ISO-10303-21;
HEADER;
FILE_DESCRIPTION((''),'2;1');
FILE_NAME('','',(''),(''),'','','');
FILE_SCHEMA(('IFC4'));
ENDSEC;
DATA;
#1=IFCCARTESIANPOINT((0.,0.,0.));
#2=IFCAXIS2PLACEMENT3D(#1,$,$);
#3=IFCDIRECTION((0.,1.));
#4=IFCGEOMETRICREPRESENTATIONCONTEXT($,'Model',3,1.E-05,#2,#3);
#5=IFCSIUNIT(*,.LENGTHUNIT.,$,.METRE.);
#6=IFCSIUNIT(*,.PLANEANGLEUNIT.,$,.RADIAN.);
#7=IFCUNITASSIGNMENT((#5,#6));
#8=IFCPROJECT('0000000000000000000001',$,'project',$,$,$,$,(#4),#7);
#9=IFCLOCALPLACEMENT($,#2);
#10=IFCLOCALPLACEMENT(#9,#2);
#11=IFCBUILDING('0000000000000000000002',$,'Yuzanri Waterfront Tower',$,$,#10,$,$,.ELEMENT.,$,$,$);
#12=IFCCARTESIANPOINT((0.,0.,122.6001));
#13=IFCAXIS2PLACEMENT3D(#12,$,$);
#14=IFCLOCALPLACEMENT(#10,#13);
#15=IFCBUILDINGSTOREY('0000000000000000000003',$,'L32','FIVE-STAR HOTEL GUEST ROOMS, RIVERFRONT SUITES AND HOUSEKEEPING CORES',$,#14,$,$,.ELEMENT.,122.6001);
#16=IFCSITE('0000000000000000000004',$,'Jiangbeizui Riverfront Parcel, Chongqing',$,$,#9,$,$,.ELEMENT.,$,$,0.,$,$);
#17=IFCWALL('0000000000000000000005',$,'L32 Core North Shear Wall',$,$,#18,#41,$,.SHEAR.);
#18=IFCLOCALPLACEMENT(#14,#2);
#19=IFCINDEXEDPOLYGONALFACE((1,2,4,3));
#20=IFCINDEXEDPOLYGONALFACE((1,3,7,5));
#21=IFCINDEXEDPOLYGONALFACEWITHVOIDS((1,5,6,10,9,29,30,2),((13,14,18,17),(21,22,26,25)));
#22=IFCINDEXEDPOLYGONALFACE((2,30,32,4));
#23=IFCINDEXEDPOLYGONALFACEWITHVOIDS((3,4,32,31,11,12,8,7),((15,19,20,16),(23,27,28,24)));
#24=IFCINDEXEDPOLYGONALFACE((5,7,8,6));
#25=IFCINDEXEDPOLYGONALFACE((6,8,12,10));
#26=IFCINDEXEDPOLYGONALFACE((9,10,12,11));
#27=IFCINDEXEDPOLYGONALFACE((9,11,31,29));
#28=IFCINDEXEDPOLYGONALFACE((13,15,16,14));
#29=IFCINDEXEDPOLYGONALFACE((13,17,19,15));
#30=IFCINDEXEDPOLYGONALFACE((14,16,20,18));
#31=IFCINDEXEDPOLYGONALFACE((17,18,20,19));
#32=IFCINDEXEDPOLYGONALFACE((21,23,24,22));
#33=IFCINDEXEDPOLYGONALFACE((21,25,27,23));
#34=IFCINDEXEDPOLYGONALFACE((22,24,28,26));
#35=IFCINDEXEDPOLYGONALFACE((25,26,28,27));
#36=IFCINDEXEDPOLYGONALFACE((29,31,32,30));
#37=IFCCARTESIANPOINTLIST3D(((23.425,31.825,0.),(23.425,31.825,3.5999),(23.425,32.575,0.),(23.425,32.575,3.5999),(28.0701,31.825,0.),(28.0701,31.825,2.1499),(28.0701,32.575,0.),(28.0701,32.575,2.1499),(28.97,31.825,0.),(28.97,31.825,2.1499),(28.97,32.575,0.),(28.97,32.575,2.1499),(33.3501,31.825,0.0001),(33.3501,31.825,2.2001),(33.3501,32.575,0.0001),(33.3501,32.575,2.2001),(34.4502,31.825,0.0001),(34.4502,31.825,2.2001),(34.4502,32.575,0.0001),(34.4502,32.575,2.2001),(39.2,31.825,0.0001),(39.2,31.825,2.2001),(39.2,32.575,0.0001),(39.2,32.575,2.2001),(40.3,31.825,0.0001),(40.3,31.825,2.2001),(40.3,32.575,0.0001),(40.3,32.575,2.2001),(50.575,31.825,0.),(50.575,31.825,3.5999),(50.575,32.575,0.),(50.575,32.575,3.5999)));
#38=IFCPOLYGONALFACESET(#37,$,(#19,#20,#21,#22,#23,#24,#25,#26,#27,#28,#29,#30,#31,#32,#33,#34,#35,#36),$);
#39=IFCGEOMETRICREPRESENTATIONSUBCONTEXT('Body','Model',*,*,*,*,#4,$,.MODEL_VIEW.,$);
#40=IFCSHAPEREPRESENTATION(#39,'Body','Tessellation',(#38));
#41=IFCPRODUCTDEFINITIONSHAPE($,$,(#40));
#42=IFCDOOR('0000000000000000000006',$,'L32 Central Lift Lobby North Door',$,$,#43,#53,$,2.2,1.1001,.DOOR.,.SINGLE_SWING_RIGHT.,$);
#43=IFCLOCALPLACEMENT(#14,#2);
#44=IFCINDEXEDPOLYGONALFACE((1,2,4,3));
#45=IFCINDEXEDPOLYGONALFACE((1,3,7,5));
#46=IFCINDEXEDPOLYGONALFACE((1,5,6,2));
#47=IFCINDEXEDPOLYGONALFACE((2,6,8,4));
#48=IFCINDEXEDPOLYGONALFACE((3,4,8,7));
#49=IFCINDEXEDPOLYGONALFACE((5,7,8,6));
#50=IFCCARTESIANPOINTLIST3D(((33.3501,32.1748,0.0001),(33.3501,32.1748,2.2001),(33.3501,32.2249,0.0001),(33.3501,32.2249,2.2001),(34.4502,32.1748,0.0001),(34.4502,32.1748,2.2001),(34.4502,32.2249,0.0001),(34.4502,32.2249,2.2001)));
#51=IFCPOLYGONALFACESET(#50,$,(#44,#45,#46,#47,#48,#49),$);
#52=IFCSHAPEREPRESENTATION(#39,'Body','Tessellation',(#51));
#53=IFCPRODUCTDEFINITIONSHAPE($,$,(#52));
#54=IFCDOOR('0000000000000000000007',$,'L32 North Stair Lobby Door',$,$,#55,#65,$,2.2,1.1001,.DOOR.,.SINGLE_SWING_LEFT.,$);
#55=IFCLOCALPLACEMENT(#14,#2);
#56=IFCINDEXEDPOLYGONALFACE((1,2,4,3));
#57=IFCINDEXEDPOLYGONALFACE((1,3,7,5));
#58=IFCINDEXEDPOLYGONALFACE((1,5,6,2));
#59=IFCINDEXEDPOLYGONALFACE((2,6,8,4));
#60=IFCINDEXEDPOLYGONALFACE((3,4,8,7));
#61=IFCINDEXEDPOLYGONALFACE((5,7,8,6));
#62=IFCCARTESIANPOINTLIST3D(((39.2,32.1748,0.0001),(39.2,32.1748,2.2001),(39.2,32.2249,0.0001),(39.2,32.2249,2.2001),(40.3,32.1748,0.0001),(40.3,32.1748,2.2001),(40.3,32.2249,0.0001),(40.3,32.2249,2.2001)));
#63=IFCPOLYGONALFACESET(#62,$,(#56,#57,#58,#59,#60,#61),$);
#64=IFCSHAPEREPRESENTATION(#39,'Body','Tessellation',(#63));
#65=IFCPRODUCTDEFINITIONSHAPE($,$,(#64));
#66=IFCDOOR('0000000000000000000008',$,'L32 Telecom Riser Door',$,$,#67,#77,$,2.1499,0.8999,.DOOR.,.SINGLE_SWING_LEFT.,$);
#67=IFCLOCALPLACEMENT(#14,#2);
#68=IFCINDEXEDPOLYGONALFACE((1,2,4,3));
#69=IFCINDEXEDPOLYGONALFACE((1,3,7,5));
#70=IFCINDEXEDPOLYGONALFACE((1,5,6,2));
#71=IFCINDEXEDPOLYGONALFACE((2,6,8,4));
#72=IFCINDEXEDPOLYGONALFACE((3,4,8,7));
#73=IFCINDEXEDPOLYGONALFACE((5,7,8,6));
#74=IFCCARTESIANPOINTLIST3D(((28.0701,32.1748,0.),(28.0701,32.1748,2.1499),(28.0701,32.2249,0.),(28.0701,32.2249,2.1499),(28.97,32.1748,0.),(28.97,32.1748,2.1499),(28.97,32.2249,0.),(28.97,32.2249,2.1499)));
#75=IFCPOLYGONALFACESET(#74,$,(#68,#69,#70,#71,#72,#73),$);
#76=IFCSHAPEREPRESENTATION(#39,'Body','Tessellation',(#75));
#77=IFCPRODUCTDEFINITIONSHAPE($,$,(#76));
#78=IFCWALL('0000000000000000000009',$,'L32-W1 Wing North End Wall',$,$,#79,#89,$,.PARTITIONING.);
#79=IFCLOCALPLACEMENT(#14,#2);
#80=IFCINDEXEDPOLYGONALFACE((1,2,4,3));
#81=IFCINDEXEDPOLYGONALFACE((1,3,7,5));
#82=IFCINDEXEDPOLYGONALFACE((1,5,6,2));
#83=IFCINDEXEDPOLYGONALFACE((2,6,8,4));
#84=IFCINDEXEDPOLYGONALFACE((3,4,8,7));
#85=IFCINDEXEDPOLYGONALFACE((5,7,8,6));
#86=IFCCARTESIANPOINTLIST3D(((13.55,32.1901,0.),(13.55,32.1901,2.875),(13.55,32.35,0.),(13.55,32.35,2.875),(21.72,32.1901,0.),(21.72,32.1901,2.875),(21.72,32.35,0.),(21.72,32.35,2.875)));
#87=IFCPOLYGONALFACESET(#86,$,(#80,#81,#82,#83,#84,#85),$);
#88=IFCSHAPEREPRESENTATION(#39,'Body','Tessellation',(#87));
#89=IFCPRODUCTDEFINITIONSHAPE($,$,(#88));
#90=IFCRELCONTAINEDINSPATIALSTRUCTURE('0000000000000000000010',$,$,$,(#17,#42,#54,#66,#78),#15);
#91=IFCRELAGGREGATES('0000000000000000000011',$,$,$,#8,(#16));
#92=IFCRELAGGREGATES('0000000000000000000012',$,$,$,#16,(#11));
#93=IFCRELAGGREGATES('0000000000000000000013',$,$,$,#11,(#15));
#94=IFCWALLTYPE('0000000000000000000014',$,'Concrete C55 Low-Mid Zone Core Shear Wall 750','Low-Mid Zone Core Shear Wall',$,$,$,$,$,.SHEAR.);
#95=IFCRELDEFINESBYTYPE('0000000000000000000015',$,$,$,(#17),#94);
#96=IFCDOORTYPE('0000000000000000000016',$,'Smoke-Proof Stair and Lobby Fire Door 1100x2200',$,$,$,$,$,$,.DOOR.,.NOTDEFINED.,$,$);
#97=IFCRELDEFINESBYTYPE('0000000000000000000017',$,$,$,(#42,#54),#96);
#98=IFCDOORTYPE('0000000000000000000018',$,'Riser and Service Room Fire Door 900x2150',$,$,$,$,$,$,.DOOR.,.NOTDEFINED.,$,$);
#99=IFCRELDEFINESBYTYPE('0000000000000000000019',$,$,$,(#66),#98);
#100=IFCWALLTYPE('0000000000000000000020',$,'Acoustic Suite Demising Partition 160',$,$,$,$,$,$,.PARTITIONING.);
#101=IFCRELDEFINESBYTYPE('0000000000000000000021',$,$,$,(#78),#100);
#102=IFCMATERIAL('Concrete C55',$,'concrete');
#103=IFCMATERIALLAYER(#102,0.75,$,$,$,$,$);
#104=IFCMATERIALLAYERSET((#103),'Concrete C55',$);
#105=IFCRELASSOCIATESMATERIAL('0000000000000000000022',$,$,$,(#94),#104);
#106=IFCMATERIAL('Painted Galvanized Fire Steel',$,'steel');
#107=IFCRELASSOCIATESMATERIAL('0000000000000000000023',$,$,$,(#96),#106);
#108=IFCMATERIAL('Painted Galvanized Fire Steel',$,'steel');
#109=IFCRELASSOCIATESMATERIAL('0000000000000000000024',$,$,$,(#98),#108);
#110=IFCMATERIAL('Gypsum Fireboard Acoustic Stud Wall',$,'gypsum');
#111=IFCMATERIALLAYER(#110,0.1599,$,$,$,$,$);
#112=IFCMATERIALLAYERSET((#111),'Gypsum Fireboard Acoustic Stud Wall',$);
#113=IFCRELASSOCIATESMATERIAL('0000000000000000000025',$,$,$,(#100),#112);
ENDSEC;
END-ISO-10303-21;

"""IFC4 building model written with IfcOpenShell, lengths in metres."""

from ifc_helpers import new_model, si_unit, direction, frame, frame_2d, origin, place, context, subcontext, project, spatial, rectangle, extrude, source, transform, mapped, material, layer, layer_set, type_object, element, fill, save


model = new_model("IFC4")

# Units and contexts
model_context = context("Model", 3, precision=1e-05, world=origin(), true_north=direction((0.0, 1.0)))
body_context = subcontext(model_context, "Body", "Model", "MODEL_VIEW")
ifc_project = project(units=[si_unit("LENGTHUNIT", "METRE"), si_unit("PLANEANGLEUNIT", "RADIAN")], contexts=[model_context])

# Site, building, storey
site_placement = place(None, origin())
site = spatial("IfcSite", under=ifc_project, at=site_placement, Name="Jiangbeizui Riverfront Parcel, Chongqing", CompositionType="ELEMENT", RefElevation=0.0)
building_placement = place(site_placement, origin())
building = spatial("IfcBuilding", under=site, at=building_placement, Name="Yuzanri Waterfront Tower", CompositionType="ELEMENT")
storey_placement = place(building_placement, frame((0.0, 0.0, 122.6001)))
storey = spatial("IfcBuildingStorey", under=building, at=storey_placement, Name="L32", Description="FIVE-STAR HOTEL GUEST ROOMS, RIVERFRONT SUITES AND HOUSEKEEPING CORES", CompositionType="ELEMENT", Elevation=122.6001)

# Wall, openings, doors
ifc_material_1 = material(Name="Concrete C55", Category="concrete")
ifc_layer_1 = layer(ifc_material_1, 0.75)
ifc_layer_set_1 = layer_set([ifc_layer_1], Name="Concrete C55")
wall_type_1 = type_object("IfcWallType", Name="Concrete C55 Low-Mid Zone Core Shear Wall 750", Description="Low-Mid Zone Core Shear Wall", PredefinedType="SHEAR", material=ifc_layer_set_1)
wall_1_placement = place(storey_placement, frame((23.425, 32.2, 0.0), z_axis=(0.0, 0.0, 1.0), x_axis=(1.0, 0.0, 0.0)))
wall_1 = element("IfcWall", 1, at=wall_1_placement, inside=storey, type_object=wall_type_1, Name="L32 Core North Shear Wall", PredefinedType="SHEAR", context=body_context, shape_type="SweptSolid", body=[
    extrude(rectangle(XDim=27.1499, YDim=0.75, at=frame_2d((13.575, 0.0))), origin(), (0.0, 0.0, 1.0), 3.5999),
])
opening_1_placement = place(wall_1_placement, frame((4.645, 0.0, 0.0)))
opening_1 = element("IfcOpeningElement", 2, at=opening_1_placement, cuts=wall_1, PredefinedType="OPENING", context=body_context, shape_type="SweptSolid", body=[
    extrude(rectangle(XDim=0.8999, YDim=2.1499, at=frame_2d((0.45, 1.075))), frame((0.0, 0.3899, 0.0), z_axis=(0.0, -1.0, 0.0), x_axis=(1.0, 0.0, 0.0)), (0.0, 0.0, 1.0), 0.7798),
])
opening_2_placement = place(wall_1_placement, frame((9.925, 0.0, 0.0)))
opening_2 = element("IfcOpeningElement", 3, at=opening_2_placement, cuts=wall_1, PredefinedType="OPENING", context=body_context, shape_type="SweptSolid", body=[
    extrude(rectangle(XDim=1.1001, YDim=2.2, at=frame_2d((0.55, 1.1001))), frame((0.0, 0.3899, 0.0), z_axis=(0.0, -1.0, 0.0), x_axis=(1.0, 0.0, 0.0)), (0.0, 0.0, 1.0), 0.7798),
])
opening_3_placement = place(wall_1_placement, frame((15.7749, 0.0, 0.0)))
opening_3 = element("IfcOpeningElement", 4, at=opening_3_placement, cuts=wall_1, PredefinedType="OPENING", context=body_context, shape_type="SweptSolid", body=[
    extrude(rectangle(XDim=1.1001, YDim=2.2, at=frame_2d((0.55, 1.1001))), frame((0.0, 0.3899, 0.0), z_axis=(0.0, -1.0, 0.0), x_axis=(1.0, 0.0, 0.0)), (0.0, 0.0, 1.0), 0.7798),
])
ifc_material_2 = material(Name="Painted Galvanized Fire Steel", Category="steel")
door_type_1 = type_object("IfcDoorType", Name="Smoke-Proof Stair and Lobby Fire Door 1100x2200", OperationType="NOTDEFINED", PredefinedType="DOOR", material=ifc_material_2)
shared_shape_1 = source(origin(), body_context, "Body", "SweptSolid", [
    extrude(rectangle(XDim=1.1001, YDim=2.2, at=frame_2d((0.55, 1.1001))), frame((0.0, 0.0249, 0.0), z_axis=(0.0, -1.0, 0.0), x_axis=(1.0, 0.0, 0.0)), (0.0, 0.0, 1.0), 0.05),
])
door_1_placement = place(opening_2_placement, origin())
door_1 = element("IfcDoor", 5, at=door_1_placement, inside=storey, type_object=door_type_1, Name="L32 Central Lift Lobby North Door", OperationType="SINGLE_SWING_RIGHT", OverallHeight=2.2, OverallWidth=1.1001, PredefinedType="DOOR", context=body_context, shape_type="MappedRepresentation", body=[
    mapped(shared_shape_1, transform((0.0, 0.0, 0.0), scale=1.0)),
])
fill(opening_2, door_1)
door_2_placement = place(opening_3_placement, origin())
door_2 = element("IfcDoor", 6, at=door_2_placement, inside=storey, type_object=door_type_1, Name="L32 North Stair Lobby Door", OperationType="SINGLE_SWING_LEFT", OverallHeight=2.2, OverallWidth=1.1001, PredefinedType="DOOR", context=body_context, shape_type="MappedRepresentation", body=[
    mapped(shared_shape_1, transform((0.0, 0.0, 0.0), scale=1.0)),
])
fill(opening_3, door_2)
ifc_material_3 = material(Name="Painted Galvanized Fire Steel", Category="steel")
door_type_2 = type_object("IfcDoorType", Name="Riser and Service Room Fire Door 900x2150", OperationType="NOTDEFINED", PredefinedType="DOOR", material=ifc_material_3)
shared_shape_2 = source(origin(), body_context, "Body", "SweptSolid", [
    extrude(rectangle(XDim=0.8999, YDim=2.1499, at=frame_2d((0.45, 1.075))), frame((0.0, 0.0249, 0.0), z_axis=(0.0, -1.0, 0.0), x_axis=(1.0, 0.0, 0.0)), (0.0, 0.0, 1.0), 0.05),
])
door_3_placement = place(opening_1_placement, origin())
door_3 = element("IfcDoor", 7, at=door_3_placement, inside=storey, type_object=door_type_2, Name="L32 Telecom Riser Door", OperationType="SINGLE_SWING_LEFT", OverallHeight=2.1499, OverallWidth=0.8999, PredefinedType="DOOR", context=body_context, shape_type="MappedRepresentation", body=[
    mapped(shared_shape_2, transform((0.0, 0.0, 0.0), scale=1.0)),
])
fill(opening_1, door_3)

# Wall
ifc_material_4 = material(Name="Gypsum Fireboard Acoustic Stud Wall", Category="gypsum")
ifc_layer_2 = layer(ifc_material_4, 0.1599)
ifc_layer_set_2 = layer_set([ifc_layer_2], Name="Gypsum Fireboard Acoustic Stud Wall")
wall_type_2 = type_object("IfcWallType", Name="Acoustic Suite Demising Partition 160", PredefinedType="PARTITIONING", material=ifc_layer_set_2)
shared_shape_3 = source(origin(), body_context, "Body", "SweptSolid", [
    extrude(rectangle(XDim=8.1699, YDim=0.1599, at=frame_2d((4.085, 0.0))), origin(), (0.0, 0.0, 1.0), 2.875),
])
wall_2_placement = place(storey_placement, frame((13.55, 32.27, 0.0), z_axis=(0.0, 0.0, 1.0), x_axis=(1.0, 0.0, 0.0)))
element("IfcWall", 8, at=wall_2_placement, inside=storey, type_object=wall_type_2, Name="L32-W1 Wing North End Wall", PredefinedType="PARTITIONING", context=body_context, shape_type="MappedRepresentation", body=[
    mapped(shared_shape_3, transform((0.0, 0.0, 0.0), scale=1.0)),
])

save(model, "model.ifc")
